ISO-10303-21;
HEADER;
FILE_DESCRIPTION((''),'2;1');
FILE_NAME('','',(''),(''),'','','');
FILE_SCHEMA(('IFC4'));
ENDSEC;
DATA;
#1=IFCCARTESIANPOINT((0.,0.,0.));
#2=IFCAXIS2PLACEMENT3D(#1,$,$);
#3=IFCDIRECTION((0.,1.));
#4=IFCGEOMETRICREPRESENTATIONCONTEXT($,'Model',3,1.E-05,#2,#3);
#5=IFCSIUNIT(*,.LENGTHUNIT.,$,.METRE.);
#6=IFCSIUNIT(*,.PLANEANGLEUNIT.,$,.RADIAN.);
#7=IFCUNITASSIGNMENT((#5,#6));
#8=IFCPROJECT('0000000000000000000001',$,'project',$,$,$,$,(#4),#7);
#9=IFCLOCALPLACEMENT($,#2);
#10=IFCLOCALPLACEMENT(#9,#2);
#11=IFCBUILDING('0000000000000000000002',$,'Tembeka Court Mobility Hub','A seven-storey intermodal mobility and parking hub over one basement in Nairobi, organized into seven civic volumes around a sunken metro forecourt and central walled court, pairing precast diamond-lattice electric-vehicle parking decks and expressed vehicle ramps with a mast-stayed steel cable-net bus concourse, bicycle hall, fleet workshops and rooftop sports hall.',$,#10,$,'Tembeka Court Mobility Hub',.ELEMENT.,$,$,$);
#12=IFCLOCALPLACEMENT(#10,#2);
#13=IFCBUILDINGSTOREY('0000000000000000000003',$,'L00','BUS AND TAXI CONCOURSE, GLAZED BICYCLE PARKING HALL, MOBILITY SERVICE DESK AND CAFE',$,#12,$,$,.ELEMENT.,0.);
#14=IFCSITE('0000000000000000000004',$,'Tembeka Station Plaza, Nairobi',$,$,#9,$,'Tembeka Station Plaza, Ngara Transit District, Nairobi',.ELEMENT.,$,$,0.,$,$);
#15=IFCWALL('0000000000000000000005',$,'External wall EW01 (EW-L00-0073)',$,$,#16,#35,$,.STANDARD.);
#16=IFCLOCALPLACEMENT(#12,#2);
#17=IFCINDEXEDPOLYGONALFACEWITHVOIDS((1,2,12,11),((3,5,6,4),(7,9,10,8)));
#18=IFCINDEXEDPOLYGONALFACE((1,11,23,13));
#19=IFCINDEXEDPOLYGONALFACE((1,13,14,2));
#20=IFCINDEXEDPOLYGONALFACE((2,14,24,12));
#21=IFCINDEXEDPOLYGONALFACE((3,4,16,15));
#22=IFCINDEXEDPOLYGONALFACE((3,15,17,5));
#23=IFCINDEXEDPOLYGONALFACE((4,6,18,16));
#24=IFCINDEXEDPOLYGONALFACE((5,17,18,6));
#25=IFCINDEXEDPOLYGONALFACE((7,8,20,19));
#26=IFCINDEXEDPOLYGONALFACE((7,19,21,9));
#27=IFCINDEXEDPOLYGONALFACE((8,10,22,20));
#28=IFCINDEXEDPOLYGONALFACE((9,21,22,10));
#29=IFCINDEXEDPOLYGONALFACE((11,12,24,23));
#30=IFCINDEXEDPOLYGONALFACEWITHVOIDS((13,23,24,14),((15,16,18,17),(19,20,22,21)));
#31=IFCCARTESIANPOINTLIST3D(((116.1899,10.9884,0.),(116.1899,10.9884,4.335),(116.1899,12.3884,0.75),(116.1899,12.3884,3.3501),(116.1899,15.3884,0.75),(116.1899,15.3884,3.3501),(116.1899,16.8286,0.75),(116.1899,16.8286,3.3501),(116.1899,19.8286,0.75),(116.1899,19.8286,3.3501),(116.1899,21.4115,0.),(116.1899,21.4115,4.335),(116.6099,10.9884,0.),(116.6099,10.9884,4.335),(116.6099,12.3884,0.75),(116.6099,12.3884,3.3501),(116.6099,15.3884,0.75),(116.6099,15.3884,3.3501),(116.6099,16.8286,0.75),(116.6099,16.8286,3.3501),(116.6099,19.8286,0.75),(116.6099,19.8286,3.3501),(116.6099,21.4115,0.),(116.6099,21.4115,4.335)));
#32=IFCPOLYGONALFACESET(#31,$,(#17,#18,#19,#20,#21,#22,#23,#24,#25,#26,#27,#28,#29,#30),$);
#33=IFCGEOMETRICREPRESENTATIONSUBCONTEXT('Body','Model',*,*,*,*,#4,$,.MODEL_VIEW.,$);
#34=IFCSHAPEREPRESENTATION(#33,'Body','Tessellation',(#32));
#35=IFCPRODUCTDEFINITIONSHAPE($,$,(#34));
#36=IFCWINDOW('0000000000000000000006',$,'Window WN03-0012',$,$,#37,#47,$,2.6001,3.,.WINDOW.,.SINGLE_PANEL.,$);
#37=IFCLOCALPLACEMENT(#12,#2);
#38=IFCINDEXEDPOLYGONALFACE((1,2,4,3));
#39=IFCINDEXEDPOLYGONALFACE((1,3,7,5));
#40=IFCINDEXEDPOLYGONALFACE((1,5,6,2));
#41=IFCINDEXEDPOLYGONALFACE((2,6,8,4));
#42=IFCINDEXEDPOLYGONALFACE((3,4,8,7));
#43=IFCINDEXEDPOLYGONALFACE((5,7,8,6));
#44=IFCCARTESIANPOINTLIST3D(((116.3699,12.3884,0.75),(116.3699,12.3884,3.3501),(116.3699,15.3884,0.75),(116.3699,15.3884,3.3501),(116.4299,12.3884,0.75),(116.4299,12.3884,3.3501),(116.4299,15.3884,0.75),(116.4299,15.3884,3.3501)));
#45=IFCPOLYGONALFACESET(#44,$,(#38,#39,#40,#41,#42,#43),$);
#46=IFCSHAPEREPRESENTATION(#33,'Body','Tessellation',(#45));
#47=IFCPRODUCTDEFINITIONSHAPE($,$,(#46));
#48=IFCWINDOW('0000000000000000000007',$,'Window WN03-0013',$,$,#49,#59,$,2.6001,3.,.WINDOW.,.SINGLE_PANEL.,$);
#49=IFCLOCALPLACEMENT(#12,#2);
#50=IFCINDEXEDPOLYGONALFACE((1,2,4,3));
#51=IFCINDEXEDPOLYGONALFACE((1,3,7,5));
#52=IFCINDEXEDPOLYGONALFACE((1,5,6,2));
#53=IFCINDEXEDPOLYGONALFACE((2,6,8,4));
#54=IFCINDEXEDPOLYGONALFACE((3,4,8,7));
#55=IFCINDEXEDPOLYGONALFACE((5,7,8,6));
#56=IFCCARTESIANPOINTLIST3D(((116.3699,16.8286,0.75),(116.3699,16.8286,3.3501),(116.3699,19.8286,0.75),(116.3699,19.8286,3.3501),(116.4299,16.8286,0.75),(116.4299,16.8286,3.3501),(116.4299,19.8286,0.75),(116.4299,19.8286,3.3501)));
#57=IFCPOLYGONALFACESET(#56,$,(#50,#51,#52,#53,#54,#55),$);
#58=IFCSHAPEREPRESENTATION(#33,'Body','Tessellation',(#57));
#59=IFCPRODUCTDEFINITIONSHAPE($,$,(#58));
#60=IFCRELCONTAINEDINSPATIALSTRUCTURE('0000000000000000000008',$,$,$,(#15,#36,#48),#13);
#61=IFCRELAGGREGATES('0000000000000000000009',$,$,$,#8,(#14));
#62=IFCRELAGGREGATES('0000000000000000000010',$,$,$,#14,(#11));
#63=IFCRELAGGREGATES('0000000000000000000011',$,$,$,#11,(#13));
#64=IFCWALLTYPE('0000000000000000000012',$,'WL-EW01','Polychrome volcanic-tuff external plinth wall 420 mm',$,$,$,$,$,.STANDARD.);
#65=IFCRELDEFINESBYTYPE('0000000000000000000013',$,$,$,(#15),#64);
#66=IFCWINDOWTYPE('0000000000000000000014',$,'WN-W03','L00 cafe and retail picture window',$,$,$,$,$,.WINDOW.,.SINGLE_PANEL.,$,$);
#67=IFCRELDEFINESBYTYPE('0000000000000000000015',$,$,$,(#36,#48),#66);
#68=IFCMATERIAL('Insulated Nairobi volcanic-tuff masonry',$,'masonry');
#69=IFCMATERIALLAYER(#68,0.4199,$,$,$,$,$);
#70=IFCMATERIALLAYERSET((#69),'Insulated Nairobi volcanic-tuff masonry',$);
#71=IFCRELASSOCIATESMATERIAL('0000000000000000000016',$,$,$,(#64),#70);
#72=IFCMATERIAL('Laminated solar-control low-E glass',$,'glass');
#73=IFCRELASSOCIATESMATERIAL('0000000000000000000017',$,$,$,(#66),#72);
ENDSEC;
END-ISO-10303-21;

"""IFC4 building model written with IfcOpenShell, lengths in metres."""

from ifc_helpers import new_model, si_unit, direction, frame, frame_2d, origin, place, context, subcontext, project, spatial, rectangle, extrude, material, layer, layer_set, type_object, element, fill, save


model = new_model("IFC4")

# Units and contexts
model_context = context("Model", 3, precision=1e-05, world=origin(), true_north=direction((0.0, 1.0)))
body_context = subcontext(model_context, "Body", "Model", "MODEL_VIEW")
ifc_project = project(units=[si_unit("LENGTHUNIT", "METRE"), si_unit("PLANEANGLEUNIT", "RADIAN")], contexts=[model_context])

# Site, building, storey
site_placement = place(None, origin())
site = spatial("IfcSite", under=ifc_project, at=site_placement, Name="Tembeka Station Plaza, Nairobi", LongName="Tembeka Station Plaza, Ngara Transit District, Nairobi", CompositionType="ELEMENT", RefElevation=0.0)
building_placement = place(site_placement, origin())
building = spatial("IfcBuilding", under=site, at=building_placement, Name="Tembeka Court Mobility Hub", Description="A seven-storey intermodal mobility and parking hub over one basement in Nairobi, organized into seven civic volumes around a sunken metro forecourt and central walled court, pairing precast diamond-lattice electric-vehicle parking decks and expressed vehicle ramps with a mast-stayed steel cable-net bus concourse, bicycle hall, fleet workshops and rooftop sports hall.", LongName="Tembeka Court Mobility Hub", CompositionType="ELEMENT")
storey_placement = place(building_placement, origin())
storey = spatial("IfcBuildingStorey", under=building, at=storey_placement, Name="L00", Description="BUS AND TAXI CONCOURSE, GLAZED BICYCLE PARKING HALL, MOBILITY SERVICE DESK AND CAFE", CompositionType="ELEMENT", Elevation=0.0)

# Shared definitions
ifc_material_1 = material(Name="Laminated solar-control low-E glass", Category="glass")

# Wall, openings, windows
ifc_material_2 = material(Name="Insulated Nairobi volcanic-tuff masonry", Category="masonry")
ifc_layer_1 = layer(ifc_material_2, 0.4199)
ifc_layer_set_1 = layer_set([ifc_layer_1], Name="Insulated Nairobi volcanic-tuff masonry")
wall_type = type_object("IfcWallType", Name="WL-EW01", Description="Polychrome volcanic-tuff external plinth wall 420 mm", PredefinedType="STANDARD", material=ifc_layer_set_1)
wall_placement = place(storey_placement, frame((116.3999, 10.9885, 0.0), z_axis=(0.0, 0.0, 1.0), x_axis=(0.0, 1.0, 0.0)))
wall = element("IfcWall", 1, at=wall_placement, inside=storey, type_object=wall_type, Name="External wall EW01 (EW-L00-0073)", PredefinedType="STANDARD", context=body_context, shape_type="SweptSolid", body=[
    extrude(rectangle(XDim=10.4231, YDim=0.4199, at=frame_2d((5.2114, 0.0))), origin(), (0.0, 0.0, 1.0), 4.335),
])
opening_1_placement = place(wall_placement, frame((1.3999, 0.0, 0.75)))
opening_1 = element("IfcOpeningElement", 2, at=opening_1_placement, cuts=wall, PredefinedType="OPENING", context=body_context, shape_type="SweptSolid", body=[
    extrude(rectangle(XDim=3.0, YDim=2.6001, at=frame_2d((1.5, 1.3))), frame((0.0, 0.22, 0.0), z_axis=(0.0, -1.0, 0.0), x_axis=(1.0, 0.0, 0.0)), (0.0, 0.0, 1.0), 0.4399),
])
opening_2_placement = place(wall_placement, frame((5.8401, 0.0, 0.75)))
opening_2 = element("IfcOpeningElement", 3, at=opening_2_placement, cuts=wall, PredefinedType="OPENING", context=body_context, shape_type="SweptSolid", body=[
    extrude(rectangle(XDim=3.0, YDim=2.6001, at=frame_2d((1.5, 1.3))), frame((0.0, 0.22, 0.0), z_axis=(0.0, -1.0, 0.0), x_axis=(1.0, 0.0, 0.0)), (0.0, 0.0, 1.0), 0.4399),
])
window_type = type_object("IfcWindowType", Name="WN-W03", Description="L00 cafe and retail picture window", PartitioningType="SINGLE_PANEL", PredefinedType="WINDOW", material=ifc_material_1)
window_1_placement = place(opening_1_placement, origin())
window_1 = element("IfcWindow", 4, at=window_1_placement, inside=storey, type_object=window_type, Name="Window WN03-0012", OverallHeight=2.6001, OverallWidth=3.0, PartitioningType="SINGLE_PANEL", PredefinedType="WINDOW", context=body_context, shape_type="SweptSolid", body=[
    extrude(rectangle(XDim=3.0, YDim=2.6001, at=frame_2d((1.5, 1.3))), frame((0.0, 0.03, 0.0), z_axis=(0.0, -1.0, 0.0), x_axis=(1.0, 0.0, 0.0)), (0.0, 0.0, 1.0), 0.0601),
])
fill(opening_1, window_1)
window_2_placement = place(opening_2_placement, origin())
window_2 = element("IfcWindow", 5, at=window_2_placement, inside=storey, type_object=window_type, Name="Window WN03-0013", OverallHeight=2.6001, OverallWidth=3.0, PartitioningType="SINGLE_PANEL", PredefinedType="WINDOW", context=body_context, shape_type="SweptSolid", body=[
    extrude(rectangle(XDim=3.0, YDim=2.6001, at=frame_2d((1.5, 1.3))), frame((0.0, 0.03, 0.0), z_axis=(0.0, -1.0, 0.0), x_axis=(1.0, 0.0, 0.0)), (0.0, 0.0, 1.0), 0.0601),
])
fill(opening_2, window_2)

save(model, "model.ifc")
